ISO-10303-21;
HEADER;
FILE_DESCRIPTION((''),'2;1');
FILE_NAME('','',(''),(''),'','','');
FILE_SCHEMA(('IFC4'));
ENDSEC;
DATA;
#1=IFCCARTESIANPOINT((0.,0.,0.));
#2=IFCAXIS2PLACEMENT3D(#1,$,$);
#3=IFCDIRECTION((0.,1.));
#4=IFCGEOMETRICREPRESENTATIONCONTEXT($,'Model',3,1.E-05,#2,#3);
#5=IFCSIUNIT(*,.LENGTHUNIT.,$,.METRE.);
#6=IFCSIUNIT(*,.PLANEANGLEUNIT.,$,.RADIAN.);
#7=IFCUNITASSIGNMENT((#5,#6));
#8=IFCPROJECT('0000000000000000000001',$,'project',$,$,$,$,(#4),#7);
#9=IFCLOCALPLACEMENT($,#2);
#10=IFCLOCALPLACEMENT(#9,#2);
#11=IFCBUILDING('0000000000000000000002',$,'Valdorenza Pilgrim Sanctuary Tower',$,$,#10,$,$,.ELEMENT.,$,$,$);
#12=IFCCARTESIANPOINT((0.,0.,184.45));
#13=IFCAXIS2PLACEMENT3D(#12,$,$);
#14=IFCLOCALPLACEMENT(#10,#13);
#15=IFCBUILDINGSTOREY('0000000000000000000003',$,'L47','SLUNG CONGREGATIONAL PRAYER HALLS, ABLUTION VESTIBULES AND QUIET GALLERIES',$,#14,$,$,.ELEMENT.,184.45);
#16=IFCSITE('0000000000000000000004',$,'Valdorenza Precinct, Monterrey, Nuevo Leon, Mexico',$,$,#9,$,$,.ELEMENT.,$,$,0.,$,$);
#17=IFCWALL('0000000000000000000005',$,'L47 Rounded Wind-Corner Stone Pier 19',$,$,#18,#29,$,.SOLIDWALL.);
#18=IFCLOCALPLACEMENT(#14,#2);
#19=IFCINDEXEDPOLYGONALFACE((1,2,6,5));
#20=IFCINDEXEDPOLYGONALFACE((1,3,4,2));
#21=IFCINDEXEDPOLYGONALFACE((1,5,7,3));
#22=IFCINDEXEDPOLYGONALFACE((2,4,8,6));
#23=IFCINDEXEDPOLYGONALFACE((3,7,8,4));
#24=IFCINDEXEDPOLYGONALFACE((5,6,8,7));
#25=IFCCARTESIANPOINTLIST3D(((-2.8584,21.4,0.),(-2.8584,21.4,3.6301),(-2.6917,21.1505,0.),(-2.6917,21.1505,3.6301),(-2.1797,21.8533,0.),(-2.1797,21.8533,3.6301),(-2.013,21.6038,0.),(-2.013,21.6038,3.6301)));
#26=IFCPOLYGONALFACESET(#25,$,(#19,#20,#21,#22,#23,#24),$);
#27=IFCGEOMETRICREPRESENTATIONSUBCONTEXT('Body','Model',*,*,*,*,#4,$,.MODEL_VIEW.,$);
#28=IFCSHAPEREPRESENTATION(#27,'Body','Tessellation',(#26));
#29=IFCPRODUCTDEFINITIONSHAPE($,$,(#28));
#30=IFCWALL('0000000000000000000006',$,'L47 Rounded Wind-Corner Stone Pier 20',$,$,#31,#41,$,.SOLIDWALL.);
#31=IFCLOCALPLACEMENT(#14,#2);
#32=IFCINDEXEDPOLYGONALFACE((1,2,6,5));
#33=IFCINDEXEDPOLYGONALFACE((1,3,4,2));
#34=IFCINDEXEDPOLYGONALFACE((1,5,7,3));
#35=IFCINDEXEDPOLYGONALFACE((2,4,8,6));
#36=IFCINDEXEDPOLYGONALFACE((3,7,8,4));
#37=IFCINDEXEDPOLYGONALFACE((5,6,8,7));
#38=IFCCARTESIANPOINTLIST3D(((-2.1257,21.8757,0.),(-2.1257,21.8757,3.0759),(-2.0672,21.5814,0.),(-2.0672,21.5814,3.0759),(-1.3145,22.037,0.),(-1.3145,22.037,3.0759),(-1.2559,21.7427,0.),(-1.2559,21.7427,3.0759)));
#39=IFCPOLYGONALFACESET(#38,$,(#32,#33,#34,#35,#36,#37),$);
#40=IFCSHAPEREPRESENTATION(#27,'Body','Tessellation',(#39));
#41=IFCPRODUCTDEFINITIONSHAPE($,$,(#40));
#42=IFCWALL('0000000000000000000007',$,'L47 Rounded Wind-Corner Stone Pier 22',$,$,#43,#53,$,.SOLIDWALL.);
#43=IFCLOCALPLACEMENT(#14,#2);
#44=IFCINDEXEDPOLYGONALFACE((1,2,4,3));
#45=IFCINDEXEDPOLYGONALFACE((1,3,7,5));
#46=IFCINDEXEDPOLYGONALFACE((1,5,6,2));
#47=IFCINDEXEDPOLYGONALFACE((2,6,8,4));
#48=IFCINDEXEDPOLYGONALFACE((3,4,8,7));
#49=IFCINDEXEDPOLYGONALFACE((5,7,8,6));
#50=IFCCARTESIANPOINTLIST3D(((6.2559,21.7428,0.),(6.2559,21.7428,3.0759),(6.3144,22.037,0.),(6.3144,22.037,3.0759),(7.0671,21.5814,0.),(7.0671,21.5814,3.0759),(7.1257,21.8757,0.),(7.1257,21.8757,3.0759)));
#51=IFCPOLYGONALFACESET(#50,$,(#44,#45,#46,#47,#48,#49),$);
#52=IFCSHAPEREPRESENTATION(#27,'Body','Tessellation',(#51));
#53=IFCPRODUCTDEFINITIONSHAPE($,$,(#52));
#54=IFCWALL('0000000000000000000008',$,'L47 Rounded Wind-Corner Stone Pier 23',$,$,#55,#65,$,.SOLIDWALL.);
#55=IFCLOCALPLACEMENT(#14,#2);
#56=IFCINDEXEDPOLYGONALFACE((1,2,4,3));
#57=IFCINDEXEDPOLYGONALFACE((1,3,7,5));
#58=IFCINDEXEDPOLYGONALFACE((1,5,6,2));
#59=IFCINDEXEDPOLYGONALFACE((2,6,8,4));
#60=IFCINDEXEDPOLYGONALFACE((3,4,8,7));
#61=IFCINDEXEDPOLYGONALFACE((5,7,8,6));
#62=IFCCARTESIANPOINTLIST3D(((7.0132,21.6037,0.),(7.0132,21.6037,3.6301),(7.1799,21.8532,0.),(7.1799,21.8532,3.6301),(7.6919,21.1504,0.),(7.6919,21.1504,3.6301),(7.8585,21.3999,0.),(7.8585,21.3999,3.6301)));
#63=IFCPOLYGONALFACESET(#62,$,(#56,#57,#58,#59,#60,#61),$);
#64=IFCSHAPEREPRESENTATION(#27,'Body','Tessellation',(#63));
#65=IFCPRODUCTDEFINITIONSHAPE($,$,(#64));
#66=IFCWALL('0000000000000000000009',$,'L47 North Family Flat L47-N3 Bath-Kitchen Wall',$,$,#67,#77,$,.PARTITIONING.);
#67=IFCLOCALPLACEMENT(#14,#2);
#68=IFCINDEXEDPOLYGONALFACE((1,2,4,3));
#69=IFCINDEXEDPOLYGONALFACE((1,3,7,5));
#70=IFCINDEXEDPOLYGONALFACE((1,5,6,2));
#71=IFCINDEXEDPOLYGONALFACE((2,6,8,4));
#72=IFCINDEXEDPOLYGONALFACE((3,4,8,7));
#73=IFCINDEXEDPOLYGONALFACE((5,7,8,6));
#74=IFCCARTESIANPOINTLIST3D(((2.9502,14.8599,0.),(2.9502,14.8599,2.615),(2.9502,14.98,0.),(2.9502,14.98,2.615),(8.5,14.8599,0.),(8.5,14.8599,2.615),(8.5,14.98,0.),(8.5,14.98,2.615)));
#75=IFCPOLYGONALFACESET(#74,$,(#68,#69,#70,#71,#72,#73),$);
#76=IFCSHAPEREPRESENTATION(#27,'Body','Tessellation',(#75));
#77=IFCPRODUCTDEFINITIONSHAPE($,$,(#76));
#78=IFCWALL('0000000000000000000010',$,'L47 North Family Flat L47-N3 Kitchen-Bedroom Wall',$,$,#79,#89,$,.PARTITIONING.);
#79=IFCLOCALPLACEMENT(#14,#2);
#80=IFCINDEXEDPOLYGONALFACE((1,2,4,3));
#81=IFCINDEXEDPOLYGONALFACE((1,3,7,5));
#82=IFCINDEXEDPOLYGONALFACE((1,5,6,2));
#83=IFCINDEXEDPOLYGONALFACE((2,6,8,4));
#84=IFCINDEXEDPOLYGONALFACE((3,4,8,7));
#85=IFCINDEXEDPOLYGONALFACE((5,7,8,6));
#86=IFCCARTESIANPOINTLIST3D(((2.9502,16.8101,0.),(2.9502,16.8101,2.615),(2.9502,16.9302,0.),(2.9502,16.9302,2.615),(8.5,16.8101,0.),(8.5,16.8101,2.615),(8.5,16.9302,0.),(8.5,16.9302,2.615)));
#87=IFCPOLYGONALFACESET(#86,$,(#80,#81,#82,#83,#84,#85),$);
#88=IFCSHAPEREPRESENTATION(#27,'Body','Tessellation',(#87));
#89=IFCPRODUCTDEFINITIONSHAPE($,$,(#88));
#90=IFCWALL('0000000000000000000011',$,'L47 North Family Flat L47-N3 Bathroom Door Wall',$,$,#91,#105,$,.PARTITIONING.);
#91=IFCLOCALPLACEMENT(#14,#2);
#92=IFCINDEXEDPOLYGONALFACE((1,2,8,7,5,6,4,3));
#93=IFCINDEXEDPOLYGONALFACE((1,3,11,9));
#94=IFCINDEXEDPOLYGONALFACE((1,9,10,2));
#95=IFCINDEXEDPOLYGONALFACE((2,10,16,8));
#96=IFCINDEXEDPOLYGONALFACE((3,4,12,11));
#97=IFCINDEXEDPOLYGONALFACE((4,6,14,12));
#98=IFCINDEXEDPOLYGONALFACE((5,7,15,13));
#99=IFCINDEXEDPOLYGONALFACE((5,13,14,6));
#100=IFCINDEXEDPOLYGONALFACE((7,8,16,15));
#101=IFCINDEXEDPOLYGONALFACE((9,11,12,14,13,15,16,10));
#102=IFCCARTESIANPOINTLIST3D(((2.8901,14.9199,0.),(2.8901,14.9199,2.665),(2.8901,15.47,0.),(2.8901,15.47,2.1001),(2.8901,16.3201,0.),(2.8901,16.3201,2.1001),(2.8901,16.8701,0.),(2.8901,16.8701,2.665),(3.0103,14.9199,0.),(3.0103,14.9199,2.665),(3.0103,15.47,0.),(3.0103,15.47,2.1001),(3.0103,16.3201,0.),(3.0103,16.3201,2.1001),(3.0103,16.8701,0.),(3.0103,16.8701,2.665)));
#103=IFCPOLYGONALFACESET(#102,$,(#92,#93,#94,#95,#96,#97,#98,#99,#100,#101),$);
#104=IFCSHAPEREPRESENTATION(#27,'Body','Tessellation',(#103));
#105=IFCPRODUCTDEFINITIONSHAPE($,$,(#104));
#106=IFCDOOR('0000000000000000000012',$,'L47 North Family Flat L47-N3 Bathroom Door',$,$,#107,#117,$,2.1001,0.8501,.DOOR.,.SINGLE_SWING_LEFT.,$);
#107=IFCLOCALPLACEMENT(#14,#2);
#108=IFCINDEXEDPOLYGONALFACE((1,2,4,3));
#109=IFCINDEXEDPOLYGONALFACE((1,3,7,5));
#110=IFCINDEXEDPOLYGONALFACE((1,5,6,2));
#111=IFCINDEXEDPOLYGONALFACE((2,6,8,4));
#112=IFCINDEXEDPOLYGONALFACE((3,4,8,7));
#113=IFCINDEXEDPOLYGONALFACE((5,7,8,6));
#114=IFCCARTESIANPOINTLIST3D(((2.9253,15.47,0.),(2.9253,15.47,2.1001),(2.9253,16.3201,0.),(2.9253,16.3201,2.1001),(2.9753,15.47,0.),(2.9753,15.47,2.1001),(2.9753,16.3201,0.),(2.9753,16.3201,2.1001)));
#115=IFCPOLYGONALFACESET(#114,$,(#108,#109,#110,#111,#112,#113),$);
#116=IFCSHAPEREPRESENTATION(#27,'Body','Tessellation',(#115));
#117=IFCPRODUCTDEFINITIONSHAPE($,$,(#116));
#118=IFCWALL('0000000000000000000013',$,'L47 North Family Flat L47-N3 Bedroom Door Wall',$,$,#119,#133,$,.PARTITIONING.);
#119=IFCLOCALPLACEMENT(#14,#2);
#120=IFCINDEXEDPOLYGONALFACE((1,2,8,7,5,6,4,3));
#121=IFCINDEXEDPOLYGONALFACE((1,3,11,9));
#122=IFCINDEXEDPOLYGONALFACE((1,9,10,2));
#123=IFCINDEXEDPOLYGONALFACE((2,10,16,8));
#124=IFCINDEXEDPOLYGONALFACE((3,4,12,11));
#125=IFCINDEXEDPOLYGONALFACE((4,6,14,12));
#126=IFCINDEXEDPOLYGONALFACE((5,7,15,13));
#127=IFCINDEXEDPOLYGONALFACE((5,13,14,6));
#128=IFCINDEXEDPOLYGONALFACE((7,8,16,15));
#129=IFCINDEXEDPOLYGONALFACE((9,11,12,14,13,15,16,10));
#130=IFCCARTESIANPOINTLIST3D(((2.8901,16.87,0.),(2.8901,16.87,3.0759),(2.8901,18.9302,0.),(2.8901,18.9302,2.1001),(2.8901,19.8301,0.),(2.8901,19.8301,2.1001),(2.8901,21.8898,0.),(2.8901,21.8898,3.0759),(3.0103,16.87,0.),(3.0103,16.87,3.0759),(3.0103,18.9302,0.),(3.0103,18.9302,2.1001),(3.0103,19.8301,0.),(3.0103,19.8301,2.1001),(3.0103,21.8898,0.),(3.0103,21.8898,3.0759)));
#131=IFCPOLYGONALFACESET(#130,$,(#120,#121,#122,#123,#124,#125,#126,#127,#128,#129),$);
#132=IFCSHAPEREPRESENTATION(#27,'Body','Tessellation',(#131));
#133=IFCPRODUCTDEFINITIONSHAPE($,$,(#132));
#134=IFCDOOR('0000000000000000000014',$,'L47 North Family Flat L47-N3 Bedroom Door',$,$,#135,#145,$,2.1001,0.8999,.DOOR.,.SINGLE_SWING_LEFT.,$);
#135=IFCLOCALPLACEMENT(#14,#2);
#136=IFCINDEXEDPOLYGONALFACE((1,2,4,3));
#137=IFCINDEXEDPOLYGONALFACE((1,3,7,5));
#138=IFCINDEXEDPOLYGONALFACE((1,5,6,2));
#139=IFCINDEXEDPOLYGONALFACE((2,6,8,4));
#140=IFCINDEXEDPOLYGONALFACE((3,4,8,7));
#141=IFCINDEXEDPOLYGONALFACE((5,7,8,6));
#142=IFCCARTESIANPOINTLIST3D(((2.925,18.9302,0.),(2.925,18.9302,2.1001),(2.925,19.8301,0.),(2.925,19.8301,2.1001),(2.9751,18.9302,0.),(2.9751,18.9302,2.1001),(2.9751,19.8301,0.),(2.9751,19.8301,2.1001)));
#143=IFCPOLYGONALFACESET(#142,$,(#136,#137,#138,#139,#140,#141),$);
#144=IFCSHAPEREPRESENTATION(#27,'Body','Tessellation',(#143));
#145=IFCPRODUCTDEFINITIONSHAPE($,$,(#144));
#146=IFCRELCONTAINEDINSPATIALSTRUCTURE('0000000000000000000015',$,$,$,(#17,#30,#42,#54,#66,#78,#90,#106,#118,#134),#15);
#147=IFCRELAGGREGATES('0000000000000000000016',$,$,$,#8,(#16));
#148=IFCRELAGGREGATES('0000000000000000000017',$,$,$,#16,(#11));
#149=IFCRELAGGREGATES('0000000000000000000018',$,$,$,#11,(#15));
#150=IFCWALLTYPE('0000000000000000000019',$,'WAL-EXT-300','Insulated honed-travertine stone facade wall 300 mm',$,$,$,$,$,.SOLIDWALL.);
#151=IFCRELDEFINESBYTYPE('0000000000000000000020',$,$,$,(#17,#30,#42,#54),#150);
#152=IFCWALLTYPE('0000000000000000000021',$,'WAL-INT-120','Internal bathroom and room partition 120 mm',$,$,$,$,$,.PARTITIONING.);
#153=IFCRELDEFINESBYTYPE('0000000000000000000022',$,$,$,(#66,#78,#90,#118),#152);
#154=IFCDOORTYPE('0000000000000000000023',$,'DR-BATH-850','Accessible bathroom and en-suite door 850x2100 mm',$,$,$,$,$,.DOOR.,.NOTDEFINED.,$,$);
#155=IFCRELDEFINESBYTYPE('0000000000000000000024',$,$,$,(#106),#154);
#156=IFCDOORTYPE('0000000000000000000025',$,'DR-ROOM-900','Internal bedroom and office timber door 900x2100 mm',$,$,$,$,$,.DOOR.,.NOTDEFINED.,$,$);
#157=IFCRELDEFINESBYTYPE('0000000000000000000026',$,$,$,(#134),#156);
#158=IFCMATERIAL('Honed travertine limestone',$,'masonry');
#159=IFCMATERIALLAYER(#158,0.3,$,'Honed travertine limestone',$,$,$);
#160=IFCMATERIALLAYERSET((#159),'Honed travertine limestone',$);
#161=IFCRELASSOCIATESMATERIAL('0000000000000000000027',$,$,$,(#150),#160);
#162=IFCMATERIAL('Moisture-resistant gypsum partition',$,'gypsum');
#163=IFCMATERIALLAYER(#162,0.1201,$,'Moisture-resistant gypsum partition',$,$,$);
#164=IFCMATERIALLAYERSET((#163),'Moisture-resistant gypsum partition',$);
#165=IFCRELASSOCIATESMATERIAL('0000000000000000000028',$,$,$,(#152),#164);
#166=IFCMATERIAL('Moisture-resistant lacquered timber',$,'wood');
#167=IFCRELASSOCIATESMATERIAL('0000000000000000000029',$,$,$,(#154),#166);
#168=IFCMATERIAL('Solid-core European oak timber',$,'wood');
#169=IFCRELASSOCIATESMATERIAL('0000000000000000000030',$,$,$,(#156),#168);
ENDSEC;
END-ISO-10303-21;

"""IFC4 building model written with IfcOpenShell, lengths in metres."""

from ifc_helpers import new_model, si_unit, direction, frame, frame_2d, origin, place, context, subcontext, project, spatial, rectangle, extrude, material, layer, layer_set, type_object, element, fill, save


model = new_model("IFC4")

# Units and contexts
model_context = context("Model", 3, precision=1e-05, world=origin(), true_north=direction((0.0, 1.0)))
body_context = subcontext(model_context, "Body", "Model", "MODEL_VIEW")
ifc_project = project(units=[si_unit("LENGTHUNIT", "METRE"), si_unit("PLANEANGLEUNIT", "RADIAN")], contexts=[model_context])

# Site, building, storey
site_placement = place(None, origin())
site = spatial("IfcSite", under=ifc_project, at=site_placement, Name="Valdorenza Precinct, Monterrey, Nuevo Leon, Mexico", CompositionType="ELEMENT", RefElevation=0.0)
building_placement = place(site_placement, origin())
building = spatial("IfcBuilding", under=site, at=building_placement, Name="Valdorenza Pilgrim Sanctuary Tower", CompositionType="ELEMENT")
storey_placement = place(building_placement, frame((0.0, 0.0, 184.45)))
storey = spatial("IfcBuildingStorey", under=building, at=storey_placement, Name="L47", Description="SLUNG CONGREGATIONAL PRAYER HALLS, ABLUTION VESTIBULES AND QUIET GALLERIES", CompositionType="ELEMENT", Elevation=184.45)

# Shared definitions
ifc_material_1 = material(Name="Honed travertine limestone", Category="masonry")

# Walls
ifc_layer_1 = layer(ifc_material_1, 0.3, Name="Honed travertine limestone")
ifc_layer_set_1 = layer_set([ifc_layer_1], Name="Honed travertine limestone")
wall_type_1 = type_object("IfcWallType", Name="WAL-EXT-300", Description="Insulated honed-travertine stone facade wall 300 mm", PredefinedType="SOLIDWALL", material=ifc_layer_set_1)
wall_1_placement = place(storey_placement, frame((-2.7751, 21.2751, 0.0), z_axis=(0.0, 0.0, 1.0), x_axis=(0.831544, 0.555459, 0.0)))
element("IfcWall", 1, at=wall_1_placement, inside=storey, type_object=wall_type_1, Name="L47 Rounded Wind-Corner Stone Pier 19", PredefinedType="SOLIDWALL", context=body_context, shape_type="SweptSolid", body=[
    extrude(rectangle(XDim=0.8162, YDim=0.3, at=frame_2d((0.4082, 0.0))), origin(), (0.0, 0.0, 1.0), 3.6301),
])
for number, where, z_axis, x_axis, name in (
    (2, (-2.0964, 21.7285, 0.0), (0.0, 0.0, 1.0), (0.980784, 0.195094, 0.0), "L47 Rounded Wind-Corner Stone Pier 20"),
    (3, (6.2852, 21.8899, 0.0), (0.0, 0.0, 1.0), (0.980784, -0.195094, 0.0), "L47 Rounded Wind-Corner Stone Pier 22"),
):
    element("IfcWall", number, at=place(storey_placement, frame(where, z_axis=z_axis, x_axis=x_axis)), inside=storey, type_object=wall_type_1, Name=name, PredefinedType="SOLIDWALL", context=body_context, shape_type="SweptSolid", body=[
        extrude(rectangle(XDim=0.8271, YDim=0.3, at=frame_2d((0.4136, 0.0))), origin(), (0.0, 0.0, 1.0), 3.0759),
    ])
wall_2_placement = place(storey_placement, frame((7.0964, 21.7285, 0.0), z_axis=(0.0, 0.0, 1.0), x_axis=(0.831544, -0.555459, 0.0)))
element("IfcWall", 4, at=wall_2_placement, inside=storey, type_object=wall_type_1, Name="L47 Rounded Wind-Corner Stone Pier 23", PredefinedType="SOLIDWALL", context=body_context, shape_type="SweptSolid", body=[
    extrude(rectangle(XDim=0.8162, YDim=0.3, at=frame_2d((0.4082, 0.0))), origin(), (0.0, 0.0, 1.0), 3.6301),
])
ifc_material_2 = material(Name="Moisture-resistant gypsum partition", Category="gypsum")
ifc_layer_2 = layer(ifc_material_2, 0.1201, Name="Moisture-resistant gypsum partition")
ifc_layer_set_2 = layer_set([ifc_layer_2], Name="Moisture-resistant gypsum partition")
wall_type_2 = type_object("IfcWallType", Name="WAL-INT-120", Description="Internal bathroom and room partition 120 mm", PredefinedType="PARTITIONING", material=ifc_layer_set_2)
for number, where, z_axis, x_axis, name in (
    (5, (2.9502, 14.9199, 0.0), (0.0, 0.0, 1.0), (1.0, 0.0, 0.0), "L47 North Family Flat L47-N3 Bath-Kitchen Wall"),
    (6, (2.9502, 16.8701, 0.0), (0.0, 0.0, 1.0), (1.0, 0.0, 0.0), "L47 North Family Flat L47-N3 Kitchen-Bedroom Wall"),
):
    element("IfcWall", number, at=place(storey_placement, frame(where, z_axis=z_axis, x_axis=x_axis)), inside=storey, type_object=wall_type_2, Name=name, PredefinedType="PARTITIONING", context=body_context, shape_type="SweptSolid", body=[
        extrude(rectangle(XDim=5.5498, YDim=0.1201, at=frame_2d((2.7749, 0.0))), origin(), (0.0, 0.0, 1.0), 2.615),
    ])

# Walls, openings, doors
wall_3_placement = place(storey_placement, frame((2.9502, 14.9199, 0.0), z_axis=(0.0, 0.0, 1.0), x_axis=(0.0, 1.0, 0.0)))
wall_3 = element("IfcWall", 7, at=wall_3_placement, inside=storey, type_object=wall_type_2, Name="L47 North Family Flat L47-N3 Bathroom Door Wall", PredefinedType="PARTITIONING", context=body_context, shape_type="SweptSolid", body=[
    extrude(rectangle(XDim=1.9502, YDim=0.1201, at=frame_2d((0.9751, 0.0))), origin(), (0.0, 0.0, 1.0), 2.665),
])
opening_1_placement = place(wall_3_placement, frame((0.55, 0.0, 0.0)))
opening_1 = element("IfcOpeningElement", 8, at=opening_1_placement, cuts=wall_3, PredefinedType="OPENING", context=body_context, shape_type="SweptSolid", body=[
    extrude(rectangle(XDim=0.8501, YDim=2.1001, at=frame_2d((0.425, 1.05))), frame((0.0, 0.075, 0.0), z_axis=(0.0, -1.0, 0.0), x_axis=(1.0, 0.0, 0.0)), (0.0, 0.0, 1.0), 0.1499),
])
ifc_material_3 = material(Name="Moisture-resistant lacquered timber", Category="wood")
door_type_1 = type_object("IfcDoorType", Name="DR-BATH-850", Description="Accessible bathroom and en-suite door 850x2100 mm", OperationType="NOTDEFINED", PredefinedType="DOOR", material=ifc_material_3)
door_1_placement = place(opening_1_placement, origin())
door_1 = element("IfcDoor", 9, at=door_1_placement, inside=storey, type_object=door_type_1, Name="L47 North Family Flat L47-N3 Bathroom Door", OperationType="SINGLE_SWING_LEFT", OverallHeight=2.1001, OverallWidth=0.8501, PredefinedType="DOOR", context=body_context, shape_type="SweptSolid", body=[
    extrude(rectangle(XDim=0.8501, YDim=2.1001, at=frame_2d((0.425, 1.05))), frame((0.0, 0.0249, 0.0), z_axis=(0.0, -1.0, 0.0), x_axis=(1.0, 0.0, 0.0)), (0.0, 0.0, 1.0), 0.05),
])
fill(opening_1, door_1)
wall_4_placement = place(storey_placement, frame((2.9502, 16.8701, 0.0), z_axis=(0.0, 0.0, 1.0), x_axis=(0.0, 1.0, 0.0)))
wall_4 = element("IfcWall", 10, at=wall_4_placement, inside=storey, type_object=wall_type_2, Name="L47 North Family Flat L47-N3 Bedroom Door Wall", PredefinedType="PARTITIONING", context=body_context, shape_type="SweptSolid", body=[
    extrude(rectangle(XDim=5.0198, YDim=0.1201, at=frame_2d((2.5098, 0.0))), origin(), (0.0, 0.0, 1.0), 3.0759),
])
opening_2_placement = place(wall_4_placement, frame((2.0601, 0.0, 0.0)))
opening_2 = element("IfcOpeningElement", 11, at=opening_2_placement, cuts=wall_4, PredefinedType="OPENING", context=body_context, shape_type="SweptSolid", body=[
    extrude(rectangle(XDim=0.8999, YDim=2.1001, at=frame_2d((0.45, 1.05))), frame((0.0, 0.075, 0.0), z_axis=(0.0, -1.0, 0.0), x_axis=(1.0, 0.0, 0.0)), (0.0, 0.0, 1.0), 0.1499),
])
ifc_material_4 = material(Name="Solid-core European oak timber", Category="wood")
door_type_2 = type_object("IfcDoorType", Name="DR-ROOM-900", Description="Internal bedroom and office timber door 900x2100 mm", OperationType="NOTDEFINED", PredefinedType="DOOR", material=ifc_material_4)
door_2_placement = place(opening_2_placement, frame((0.8999, 0.0, 0.0), z_axis=(0.0, 0.0, 1.0), x_axis=(-1.0, 0.0, 0.0)))
door_2 = element("IfcDoor", 12, at=door_2_placement, inside=storey, type_object=door_type_2, Name="L47 North Family Flat L47-N3 Bedroom Door", OperationType="SINGLE_SWING_LEFT", OverallHeight=2.1001, OverallWidth=0.8999, PredefinedType="DOOR", context=body_context, shape_type="SweptSolid", body=[
    extrude(rectangle(XDim=0.8999, YDim=2.1001, at=frame_2d((0.45, 1.05))), frame((0.0, 0.0249, 0.0), z_axis=(0.0, -1.0, 0.0), x_axis=(1.0, 0.0, 0.0)), (0.0, 0.0, 1.0), 0.05),
])
fill(opening_2, door_2)

save(model, "model.ifc")
